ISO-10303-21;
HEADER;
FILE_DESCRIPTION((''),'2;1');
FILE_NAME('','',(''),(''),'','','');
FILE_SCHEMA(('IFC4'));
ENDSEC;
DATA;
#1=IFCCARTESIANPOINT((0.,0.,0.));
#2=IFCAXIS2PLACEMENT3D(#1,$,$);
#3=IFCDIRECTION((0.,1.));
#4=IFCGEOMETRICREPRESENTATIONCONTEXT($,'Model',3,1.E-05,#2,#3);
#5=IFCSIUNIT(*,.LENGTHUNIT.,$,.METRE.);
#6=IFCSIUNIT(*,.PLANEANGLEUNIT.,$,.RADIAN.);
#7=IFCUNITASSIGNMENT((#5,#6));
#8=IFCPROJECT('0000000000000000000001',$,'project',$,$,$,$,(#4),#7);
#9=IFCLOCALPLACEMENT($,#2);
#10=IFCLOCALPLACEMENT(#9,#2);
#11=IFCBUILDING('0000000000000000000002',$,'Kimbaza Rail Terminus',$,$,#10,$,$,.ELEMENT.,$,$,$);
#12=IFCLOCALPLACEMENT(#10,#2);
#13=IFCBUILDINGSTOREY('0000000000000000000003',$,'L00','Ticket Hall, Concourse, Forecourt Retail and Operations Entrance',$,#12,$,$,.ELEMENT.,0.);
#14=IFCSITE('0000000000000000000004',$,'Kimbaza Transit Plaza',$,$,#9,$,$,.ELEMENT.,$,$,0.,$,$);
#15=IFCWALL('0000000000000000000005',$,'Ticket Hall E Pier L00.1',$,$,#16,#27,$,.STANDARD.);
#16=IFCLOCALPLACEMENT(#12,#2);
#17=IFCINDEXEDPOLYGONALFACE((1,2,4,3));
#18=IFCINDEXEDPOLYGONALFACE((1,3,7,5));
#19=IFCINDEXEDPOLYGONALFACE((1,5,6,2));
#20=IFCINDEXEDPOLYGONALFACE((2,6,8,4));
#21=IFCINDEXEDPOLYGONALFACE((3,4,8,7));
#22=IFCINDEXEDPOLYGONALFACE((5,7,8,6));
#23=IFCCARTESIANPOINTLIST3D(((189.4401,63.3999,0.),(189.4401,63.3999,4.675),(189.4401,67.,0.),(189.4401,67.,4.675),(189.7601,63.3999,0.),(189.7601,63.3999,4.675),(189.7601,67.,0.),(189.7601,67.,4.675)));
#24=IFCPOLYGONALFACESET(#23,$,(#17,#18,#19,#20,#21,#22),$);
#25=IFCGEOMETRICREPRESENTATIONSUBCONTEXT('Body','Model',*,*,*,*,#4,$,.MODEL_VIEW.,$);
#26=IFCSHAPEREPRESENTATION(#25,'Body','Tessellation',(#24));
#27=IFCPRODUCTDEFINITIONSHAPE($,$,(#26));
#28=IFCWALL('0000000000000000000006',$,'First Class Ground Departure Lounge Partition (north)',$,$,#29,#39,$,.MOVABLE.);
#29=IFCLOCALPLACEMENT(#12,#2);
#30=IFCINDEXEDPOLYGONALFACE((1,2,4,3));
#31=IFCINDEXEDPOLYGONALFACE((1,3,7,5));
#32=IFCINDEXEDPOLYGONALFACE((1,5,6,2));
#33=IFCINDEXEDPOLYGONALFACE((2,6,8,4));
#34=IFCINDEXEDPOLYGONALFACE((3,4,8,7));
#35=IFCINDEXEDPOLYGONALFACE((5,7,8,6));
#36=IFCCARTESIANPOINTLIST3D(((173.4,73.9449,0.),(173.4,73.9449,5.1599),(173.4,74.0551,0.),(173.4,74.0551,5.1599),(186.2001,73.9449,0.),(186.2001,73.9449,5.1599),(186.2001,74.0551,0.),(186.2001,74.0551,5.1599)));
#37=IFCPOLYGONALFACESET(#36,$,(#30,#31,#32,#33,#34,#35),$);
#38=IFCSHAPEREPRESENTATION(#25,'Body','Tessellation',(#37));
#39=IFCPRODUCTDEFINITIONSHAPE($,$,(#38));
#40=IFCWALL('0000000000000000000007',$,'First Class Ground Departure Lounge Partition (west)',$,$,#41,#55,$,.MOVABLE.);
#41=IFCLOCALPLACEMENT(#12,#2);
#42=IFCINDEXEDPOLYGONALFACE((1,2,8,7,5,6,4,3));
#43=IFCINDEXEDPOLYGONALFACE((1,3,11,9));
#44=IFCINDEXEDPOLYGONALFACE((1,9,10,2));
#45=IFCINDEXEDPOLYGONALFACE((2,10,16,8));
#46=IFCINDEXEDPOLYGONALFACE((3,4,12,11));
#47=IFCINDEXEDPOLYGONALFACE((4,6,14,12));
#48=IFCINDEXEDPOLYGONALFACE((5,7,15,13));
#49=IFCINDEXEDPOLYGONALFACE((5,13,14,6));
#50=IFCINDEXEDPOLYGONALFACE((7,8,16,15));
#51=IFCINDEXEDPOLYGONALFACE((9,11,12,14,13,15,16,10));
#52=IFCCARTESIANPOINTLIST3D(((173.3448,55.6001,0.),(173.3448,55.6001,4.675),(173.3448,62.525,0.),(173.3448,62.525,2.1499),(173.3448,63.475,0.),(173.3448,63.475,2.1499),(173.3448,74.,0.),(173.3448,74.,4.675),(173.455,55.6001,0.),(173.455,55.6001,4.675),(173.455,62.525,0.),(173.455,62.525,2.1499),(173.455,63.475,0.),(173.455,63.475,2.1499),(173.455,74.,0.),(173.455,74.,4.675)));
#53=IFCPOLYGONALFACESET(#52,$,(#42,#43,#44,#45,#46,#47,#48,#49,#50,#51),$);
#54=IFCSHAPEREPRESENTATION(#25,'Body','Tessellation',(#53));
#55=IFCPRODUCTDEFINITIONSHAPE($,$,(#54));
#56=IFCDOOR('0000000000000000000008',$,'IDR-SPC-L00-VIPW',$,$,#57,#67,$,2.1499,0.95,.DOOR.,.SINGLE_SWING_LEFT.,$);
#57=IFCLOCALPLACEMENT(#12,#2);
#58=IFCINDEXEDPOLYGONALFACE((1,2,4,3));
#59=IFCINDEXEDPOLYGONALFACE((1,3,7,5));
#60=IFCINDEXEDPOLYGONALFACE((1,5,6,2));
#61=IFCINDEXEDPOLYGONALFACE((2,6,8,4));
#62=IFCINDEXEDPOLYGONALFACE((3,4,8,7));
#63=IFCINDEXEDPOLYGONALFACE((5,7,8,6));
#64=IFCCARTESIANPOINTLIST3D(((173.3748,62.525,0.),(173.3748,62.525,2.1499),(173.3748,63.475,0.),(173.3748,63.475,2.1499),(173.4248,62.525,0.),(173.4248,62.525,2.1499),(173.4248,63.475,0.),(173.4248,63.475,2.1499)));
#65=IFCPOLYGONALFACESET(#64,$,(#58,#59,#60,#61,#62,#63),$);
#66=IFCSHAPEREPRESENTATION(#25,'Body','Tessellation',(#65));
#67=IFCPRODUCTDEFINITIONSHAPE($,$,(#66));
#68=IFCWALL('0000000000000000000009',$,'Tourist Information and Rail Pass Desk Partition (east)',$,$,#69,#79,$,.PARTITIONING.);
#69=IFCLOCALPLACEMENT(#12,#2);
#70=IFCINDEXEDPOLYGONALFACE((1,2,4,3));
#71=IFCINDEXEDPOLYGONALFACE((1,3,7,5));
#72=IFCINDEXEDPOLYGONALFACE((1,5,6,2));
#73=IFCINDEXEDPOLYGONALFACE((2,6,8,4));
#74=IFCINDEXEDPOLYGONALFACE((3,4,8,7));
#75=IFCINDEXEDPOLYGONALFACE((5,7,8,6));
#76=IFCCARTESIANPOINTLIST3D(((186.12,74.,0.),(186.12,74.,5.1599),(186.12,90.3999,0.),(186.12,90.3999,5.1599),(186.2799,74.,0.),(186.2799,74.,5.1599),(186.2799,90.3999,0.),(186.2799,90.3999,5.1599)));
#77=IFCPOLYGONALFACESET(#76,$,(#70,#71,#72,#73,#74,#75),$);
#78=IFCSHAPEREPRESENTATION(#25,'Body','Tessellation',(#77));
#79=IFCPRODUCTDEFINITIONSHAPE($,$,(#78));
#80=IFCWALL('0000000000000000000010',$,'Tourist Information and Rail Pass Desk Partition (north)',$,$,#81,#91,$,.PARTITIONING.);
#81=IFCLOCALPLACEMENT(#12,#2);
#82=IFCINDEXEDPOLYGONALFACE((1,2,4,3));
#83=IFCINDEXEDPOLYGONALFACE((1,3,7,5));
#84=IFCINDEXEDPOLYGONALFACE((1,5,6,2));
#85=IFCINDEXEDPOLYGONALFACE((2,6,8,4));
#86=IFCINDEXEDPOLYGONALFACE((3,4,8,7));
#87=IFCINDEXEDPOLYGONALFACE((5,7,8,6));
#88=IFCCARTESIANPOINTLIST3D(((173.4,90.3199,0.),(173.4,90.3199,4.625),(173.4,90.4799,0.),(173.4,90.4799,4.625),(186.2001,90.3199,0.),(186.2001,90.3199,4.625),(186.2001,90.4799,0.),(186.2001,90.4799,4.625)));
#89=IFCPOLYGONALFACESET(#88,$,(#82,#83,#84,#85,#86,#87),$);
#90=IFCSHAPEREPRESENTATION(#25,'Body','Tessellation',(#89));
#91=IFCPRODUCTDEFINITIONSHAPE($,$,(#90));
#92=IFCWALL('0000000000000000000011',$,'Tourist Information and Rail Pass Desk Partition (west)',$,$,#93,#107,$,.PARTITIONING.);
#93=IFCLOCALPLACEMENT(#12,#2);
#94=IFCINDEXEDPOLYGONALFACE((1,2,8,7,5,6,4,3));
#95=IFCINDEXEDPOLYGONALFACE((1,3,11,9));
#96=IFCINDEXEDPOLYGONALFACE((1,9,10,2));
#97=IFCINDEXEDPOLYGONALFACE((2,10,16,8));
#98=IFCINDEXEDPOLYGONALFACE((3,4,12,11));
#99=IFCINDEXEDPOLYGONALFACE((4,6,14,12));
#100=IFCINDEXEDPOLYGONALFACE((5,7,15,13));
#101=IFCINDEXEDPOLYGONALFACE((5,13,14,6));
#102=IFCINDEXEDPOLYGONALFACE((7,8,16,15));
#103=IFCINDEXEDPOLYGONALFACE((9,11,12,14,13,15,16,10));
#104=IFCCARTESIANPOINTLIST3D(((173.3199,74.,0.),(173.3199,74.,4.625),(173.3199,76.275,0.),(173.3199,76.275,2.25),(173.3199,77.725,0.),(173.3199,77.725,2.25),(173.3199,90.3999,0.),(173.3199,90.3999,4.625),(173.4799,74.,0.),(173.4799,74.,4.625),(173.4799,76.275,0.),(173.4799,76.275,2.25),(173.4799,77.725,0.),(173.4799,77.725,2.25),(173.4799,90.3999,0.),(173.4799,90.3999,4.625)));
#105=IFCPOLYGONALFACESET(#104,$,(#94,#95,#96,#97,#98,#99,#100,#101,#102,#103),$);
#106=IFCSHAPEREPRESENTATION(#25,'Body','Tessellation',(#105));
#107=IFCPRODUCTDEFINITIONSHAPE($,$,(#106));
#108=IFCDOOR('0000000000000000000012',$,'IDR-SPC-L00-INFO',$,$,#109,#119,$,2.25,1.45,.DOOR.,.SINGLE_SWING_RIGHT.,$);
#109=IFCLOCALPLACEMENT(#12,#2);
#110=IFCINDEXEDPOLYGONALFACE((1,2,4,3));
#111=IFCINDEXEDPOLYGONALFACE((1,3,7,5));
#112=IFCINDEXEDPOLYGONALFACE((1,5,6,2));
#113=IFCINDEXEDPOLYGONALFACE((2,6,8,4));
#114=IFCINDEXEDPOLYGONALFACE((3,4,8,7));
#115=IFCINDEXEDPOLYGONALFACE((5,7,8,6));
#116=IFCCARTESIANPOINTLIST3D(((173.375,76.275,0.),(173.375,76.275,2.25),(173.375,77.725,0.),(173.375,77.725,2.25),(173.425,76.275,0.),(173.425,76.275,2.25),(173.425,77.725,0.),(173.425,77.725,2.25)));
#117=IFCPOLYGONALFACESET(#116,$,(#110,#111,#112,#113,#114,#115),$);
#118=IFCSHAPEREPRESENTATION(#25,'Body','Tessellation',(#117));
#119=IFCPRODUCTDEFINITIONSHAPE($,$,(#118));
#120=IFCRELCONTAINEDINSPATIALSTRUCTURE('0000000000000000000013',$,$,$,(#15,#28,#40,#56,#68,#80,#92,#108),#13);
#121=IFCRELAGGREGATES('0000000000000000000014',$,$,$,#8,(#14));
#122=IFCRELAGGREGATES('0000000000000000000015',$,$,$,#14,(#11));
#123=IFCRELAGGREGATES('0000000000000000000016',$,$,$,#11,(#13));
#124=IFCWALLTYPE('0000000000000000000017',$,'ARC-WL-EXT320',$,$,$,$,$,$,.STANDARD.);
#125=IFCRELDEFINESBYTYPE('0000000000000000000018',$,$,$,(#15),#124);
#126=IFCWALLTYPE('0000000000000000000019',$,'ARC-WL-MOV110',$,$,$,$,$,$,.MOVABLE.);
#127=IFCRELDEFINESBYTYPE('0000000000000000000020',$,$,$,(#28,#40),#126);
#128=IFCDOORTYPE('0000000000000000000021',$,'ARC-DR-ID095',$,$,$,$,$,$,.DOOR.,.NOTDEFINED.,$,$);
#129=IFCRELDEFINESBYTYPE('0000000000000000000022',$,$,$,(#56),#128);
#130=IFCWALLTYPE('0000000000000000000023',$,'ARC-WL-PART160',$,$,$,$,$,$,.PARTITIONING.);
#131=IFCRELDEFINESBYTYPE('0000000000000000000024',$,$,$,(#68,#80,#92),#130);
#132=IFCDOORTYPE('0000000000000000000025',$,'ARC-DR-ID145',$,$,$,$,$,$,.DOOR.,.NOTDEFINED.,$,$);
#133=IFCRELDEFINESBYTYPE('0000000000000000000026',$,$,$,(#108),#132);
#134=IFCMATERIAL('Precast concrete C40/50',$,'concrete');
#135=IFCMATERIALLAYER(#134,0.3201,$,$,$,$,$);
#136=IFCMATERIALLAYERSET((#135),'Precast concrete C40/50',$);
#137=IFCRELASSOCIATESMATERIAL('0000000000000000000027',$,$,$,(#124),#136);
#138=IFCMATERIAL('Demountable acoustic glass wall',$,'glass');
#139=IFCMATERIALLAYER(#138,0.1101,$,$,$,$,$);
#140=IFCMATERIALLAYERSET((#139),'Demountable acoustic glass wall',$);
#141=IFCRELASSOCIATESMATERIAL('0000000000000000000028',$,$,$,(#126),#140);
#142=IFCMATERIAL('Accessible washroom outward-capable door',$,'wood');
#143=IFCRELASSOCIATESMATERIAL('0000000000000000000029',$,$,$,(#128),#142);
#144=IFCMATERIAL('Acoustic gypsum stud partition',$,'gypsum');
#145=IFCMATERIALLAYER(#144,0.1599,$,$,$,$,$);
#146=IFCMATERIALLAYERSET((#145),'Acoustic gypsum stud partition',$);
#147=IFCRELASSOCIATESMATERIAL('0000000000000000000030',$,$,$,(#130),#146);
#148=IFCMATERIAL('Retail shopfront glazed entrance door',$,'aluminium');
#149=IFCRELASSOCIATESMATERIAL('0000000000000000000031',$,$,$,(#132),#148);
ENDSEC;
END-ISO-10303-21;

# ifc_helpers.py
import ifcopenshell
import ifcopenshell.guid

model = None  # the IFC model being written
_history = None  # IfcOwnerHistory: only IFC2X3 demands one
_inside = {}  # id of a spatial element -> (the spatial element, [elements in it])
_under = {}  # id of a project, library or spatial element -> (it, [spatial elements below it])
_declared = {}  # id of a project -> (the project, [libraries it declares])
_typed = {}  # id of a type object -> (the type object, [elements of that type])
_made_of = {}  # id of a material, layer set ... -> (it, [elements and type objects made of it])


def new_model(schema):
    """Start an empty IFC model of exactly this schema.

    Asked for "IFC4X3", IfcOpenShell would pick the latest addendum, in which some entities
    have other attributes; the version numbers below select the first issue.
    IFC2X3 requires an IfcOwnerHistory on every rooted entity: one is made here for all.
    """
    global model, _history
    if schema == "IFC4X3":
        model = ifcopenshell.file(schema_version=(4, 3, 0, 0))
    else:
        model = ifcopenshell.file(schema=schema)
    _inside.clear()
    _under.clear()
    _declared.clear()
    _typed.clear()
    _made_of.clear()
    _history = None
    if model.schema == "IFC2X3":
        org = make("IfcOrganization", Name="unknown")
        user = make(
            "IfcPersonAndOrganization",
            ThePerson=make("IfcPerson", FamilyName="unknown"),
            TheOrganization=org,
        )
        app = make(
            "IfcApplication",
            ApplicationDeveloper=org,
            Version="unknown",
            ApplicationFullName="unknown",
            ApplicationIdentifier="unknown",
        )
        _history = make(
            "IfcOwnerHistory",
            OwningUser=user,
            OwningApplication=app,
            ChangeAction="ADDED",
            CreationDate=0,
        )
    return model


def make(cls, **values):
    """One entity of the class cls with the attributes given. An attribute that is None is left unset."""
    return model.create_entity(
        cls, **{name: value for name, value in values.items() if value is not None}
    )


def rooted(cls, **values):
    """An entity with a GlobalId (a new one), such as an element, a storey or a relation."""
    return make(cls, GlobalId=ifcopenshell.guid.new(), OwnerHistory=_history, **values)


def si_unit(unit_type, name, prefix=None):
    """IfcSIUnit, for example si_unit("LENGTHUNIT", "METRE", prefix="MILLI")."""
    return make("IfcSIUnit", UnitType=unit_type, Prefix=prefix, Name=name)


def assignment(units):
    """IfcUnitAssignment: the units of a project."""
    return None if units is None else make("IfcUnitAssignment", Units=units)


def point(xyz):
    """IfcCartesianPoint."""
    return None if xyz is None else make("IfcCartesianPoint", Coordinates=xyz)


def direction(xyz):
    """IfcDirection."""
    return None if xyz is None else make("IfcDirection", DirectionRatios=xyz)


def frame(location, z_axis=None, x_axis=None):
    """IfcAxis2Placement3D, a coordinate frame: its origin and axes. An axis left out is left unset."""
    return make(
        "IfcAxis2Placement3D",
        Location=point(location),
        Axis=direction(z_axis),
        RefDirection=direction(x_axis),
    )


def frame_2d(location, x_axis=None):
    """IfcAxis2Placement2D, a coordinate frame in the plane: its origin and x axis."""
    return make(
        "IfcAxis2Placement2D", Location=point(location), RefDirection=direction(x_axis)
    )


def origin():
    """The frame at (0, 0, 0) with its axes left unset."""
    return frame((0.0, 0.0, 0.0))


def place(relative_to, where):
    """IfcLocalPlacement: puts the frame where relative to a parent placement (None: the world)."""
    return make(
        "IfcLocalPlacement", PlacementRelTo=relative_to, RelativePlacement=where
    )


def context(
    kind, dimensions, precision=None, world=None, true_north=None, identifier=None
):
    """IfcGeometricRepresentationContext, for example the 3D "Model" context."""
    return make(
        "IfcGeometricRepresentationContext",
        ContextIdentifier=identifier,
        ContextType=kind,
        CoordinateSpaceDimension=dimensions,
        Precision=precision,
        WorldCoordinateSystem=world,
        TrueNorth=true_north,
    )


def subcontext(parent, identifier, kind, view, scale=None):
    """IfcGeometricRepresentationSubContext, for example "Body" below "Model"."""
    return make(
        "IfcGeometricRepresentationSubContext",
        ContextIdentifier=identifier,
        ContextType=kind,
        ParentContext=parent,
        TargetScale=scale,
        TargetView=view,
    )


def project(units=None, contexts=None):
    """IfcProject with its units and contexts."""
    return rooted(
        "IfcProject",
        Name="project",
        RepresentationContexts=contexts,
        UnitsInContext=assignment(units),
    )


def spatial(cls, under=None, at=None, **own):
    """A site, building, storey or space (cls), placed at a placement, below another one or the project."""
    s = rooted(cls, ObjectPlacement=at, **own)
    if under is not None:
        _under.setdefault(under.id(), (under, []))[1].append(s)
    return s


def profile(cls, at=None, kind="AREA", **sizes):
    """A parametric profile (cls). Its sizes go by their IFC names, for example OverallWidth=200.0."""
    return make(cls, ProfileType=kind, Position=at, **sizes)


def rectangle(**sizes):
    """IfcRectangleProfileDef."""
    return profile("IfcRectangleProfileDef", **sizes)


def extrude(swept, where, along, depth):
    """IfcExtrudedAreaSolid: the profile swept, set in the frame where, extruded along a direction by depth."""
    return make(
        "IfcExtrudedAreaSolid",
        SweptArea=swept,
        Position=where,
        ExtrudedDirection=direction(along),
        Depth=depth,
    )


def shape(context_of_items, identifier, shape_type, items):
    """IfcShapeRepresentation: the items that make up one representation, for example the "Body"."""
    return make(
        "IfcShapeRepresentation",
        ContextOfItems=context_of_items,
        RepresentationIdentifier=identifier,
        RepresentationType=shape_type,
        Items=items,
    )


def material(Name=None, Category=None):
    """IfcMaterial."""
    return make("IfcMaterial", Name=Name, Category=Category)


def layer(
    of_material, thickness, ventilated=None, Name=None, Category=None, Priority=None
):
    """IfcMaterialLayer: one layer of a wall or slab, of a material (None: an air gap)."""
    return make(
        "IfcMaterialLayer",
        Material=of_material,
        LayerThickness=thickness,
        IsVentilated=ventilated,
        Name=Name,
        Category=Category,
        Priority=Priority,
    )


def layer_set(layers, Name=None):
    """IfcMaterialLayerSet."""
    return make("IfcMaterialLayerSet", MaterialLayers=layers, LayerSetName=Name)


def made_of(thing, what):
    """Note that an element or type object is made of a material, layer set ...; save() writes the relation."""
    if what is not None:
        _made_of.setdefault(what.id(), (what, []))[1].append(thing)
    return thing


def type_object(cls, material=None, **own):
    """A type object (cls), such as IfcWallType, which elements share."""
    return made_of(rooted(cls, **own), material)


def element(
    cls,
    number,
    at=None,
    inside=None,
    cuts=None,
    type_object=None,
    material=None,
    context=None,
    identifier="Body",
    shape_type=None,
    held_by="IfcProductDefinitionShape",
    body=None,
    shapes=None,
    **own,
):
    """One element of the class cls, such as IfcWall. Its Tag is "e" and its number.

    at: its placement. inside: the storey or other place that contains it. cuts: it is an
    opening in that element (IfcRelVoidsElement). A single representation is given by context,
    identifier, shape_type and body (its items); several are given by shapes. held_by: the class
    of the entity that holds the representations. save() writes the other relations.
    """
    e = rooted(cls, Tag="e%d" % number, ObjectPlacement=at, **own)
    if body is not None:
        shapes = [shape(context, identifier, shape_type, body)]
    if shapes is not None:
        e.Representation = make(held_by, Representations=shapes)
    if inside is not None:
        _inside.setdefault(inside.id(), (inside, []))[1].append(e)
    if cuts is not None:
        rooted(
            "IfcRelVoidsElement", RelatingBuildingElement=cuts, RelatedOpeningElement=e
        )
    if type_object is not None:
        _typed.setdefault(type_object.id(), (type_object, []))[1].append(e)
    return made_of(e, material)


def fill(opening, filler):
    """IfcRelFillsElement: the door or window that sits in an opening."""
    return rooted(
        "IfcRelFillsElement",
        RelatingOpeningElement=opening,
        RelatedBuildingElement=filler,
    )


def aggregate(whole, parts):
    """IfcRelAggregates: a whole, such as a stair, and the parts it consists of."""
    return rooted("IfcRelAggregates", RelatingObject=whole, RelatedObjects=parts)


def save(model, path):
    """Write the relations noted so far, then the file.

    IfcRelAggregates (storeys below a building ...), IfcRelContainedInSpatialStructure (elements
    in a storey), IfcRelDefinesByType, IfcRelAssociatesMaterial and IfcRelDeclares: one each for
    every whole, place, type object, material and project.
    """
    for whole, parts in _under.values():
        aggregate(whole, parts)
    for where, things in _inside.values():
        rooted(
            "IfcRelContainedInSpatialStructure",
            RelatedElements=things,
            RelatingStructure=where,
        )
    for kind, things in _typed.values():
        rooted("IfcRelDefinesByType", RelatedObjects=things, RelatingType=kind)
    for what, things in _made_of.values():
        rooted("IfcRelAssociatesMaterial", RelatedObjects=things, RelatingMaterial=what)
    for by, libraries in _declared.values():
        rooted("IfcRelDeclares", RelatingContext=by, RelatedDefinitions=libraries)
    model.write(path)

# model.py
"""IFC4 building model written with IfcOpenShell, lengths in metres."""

from ifc_helpers import new_model, si_unit, direction, frame, frame_2d, origin, place, context, subcontext, project, spatial, rectangle, extrude, material, layer, layer_set, type_object, element, fill, save


model = new_model("IFC4")

# Units and contexts
model_context = context("Model", 3, precision=1e-05, world=origin(), true_north=direction((0.0, 1.0)))
body_context = subcontext(model_context, "Body", "Model", "MODEL_VIEW")
ifc_project = project(units=[si_unit("LENGTHUNIT", "METRE"), si_unit("PLANEANGLEUNIT", "RADIAN")], contexts=[model_context])

# Site, building, storey
site_placement = place(None, origin())
site = spatial("IfcSite", under=ifc_project, at=site_placement, Name="Kimbaza Transit Plaza", CompositionType="ELEMENT", RefElevation=0.0)
building_placement = place(site_placement, origin())
building = spatial("IfcBuilding", under=site, at=building_placement, Name="Kimbaza Rail Terminus", CompositionType="ELEMENT")
storey_placement = place(building_placement, origin())
storey = spatial("IfcBuildingStorey", under=building, at=storey_placement, Name="L00", Description="Ticket Hall, Concourse, Forecourt Retail and Operations Entrance", CompositionType="ELEMENT", Elevation=0.0)

# Wall
ifc_material_1 = material(Name="Precast concrete C40/50", Category="concrete")
ifc_layer_1 = layer(ifc_material_1, 0.3201)
ifc_layer_set_1 = layer_set([ifc_layer_1], Name="Precast concrete C40/50")
wall_type_1 = type_object("IfcWallType", Name="ARC-WL-EXT320", PredefinedType="STANDARD", material=ifc_layer_set_1)
wall_1_placement = place(storey_placement, frame((189.6001, 63.3999, 0.0), z_axis=(0.0, 0.0, 1.0), x_axis=(0.0, 1.0, 0.0)))
element("IfcWall", 1, at=wall_1_placement, inside=storey, type_object=wall_type_1, Name="Ticket Hall E Pier L00.1", PredefinedType="STANDARD", context=body_context, shape_type="SweptSolid", body=[
    extrude(rectangle(XDim=3.6001, YDim=0.3201, at=frame_2d((1.8, 0.0))), origin(), (0.0, 0.0, 1.0), 4.675),
])

# Wall
ifc_material_2 = material(Name="Demountable acoustic glass wall", Category="glass")
ifc_layer_2 = layer(ifc_material_2, 0.1101)
ifc_layer_set_2 = layer_set([ifc_layer_2], Name="Demountable acoustic glass wall")
wall_type_2 = type_object("IfcWallType", Name="ARC-WL-MOV110", PredefinedType="MOVABLE", material=ifc_layer_set_2)
wall_2_placement = place(storey_placement, frame((186.2, 74.0, 0.0), z_axis=(0.0, 0.0, 1.0), x_axis=(-1.0, 0.0, 0.0)))
element("IfcWall", 2, at=wall_2_placement, inside=storey, type_object=wall_type_2, Name="First Class Ground Departure Lounge Partition (north)", PredefinedType="MOVABLE", context=body_context, shape_type="SweptSolid", body=[
    extrude(rectangle(XDim=12.8, YDim=0.1101, at=frame_2d((6.3999, 0.0))), origin(), (0.0, 0.0, 1.0), 5.1599),
])

# Wall, opening, door
wall_3_placement = place(storey_placement, frame((173.3999, 74.0, 0.0), z_axis=(0.0, 0.0, 1.0), x_axis=(0.0, -1.0, 0.0)))
wall_3 = element("IfcWall", 3, at=wall_3_placement, inside=storey, type_object=wall_type_2, Name="First Class Ground Departure Lounge Partition (west)", PredefinedType="MOVABLE", context=body_context, shape_type="SweptSolid", body=[
    extrude(rectangle(XDim=18.3999, YDim=0.1101, at=frame_2d((9.2, 0.0))), origin(), (0.0, 0.0, 1.0), 4.675),
])
opening_1_placement = place(wall_3_placement, frame((10.5249, 0.0, 0.0)))
opening_1 = element("IfcOpeningElement", 4, at=opening_1_placement, cuts=wall_3, PredefinedType="OPENING", context=body_context, shape_type="SweptSolid", body=[
    extrude(rectangle(XDim=0.95, YDim=2.1499, at=frame_2d((0.4751, 1.075))), frame((0.0, 0.0649, 0.0), z_axis=(0.0, -1.0, 0.0), x_axis=(1.0, 0.0, 0.0)), (0.0, 0.0, 1.0), 0.1301),
])
ifc_material_3 = material(Name="Accessible washroom outward-capable door", Category="wood")
door_type_1 = type_object("IfcDoorType", Name="ARC-DR-ID095", OperationType="NOTDEFINED", PredefinedType="DOOR", material=ifc_material_3)
door_1_placement = place(opening_1_placement, origin())
door_1 = element("IfcDoor", 5, at=door_1_placement, inside=storey, type_object=door_type_1, Name="IDR-SPC-L00-VIPW", OperationType="SINGLE_SWING_LEFT", OverallHeight=2.1499, OverallWidth=0.95, PredefinedType="DOOR", context=body_context, shape_type="SweptSolid", body=[
    extrude(rectangle(XDim=0.95, YDim=2.1499, at=frame_2d((0.4751, 1.075))), frame((0.0, 0.0249, 0.0), z_axis=(0.0, -1.0, 0.0), x_axis=(1.0, 0.0, 0.0)), (0.0, 0.0, 1.0), 0.05),
])
fill(opening_1, door_1)

# Walls
ifc_material_4 = material(Name="Acoustic gypsum stud partition", Category="gypsum")
ifc_layer_3 = layer(ifc_material_4, 0.1599)
ifc_layer_set_3 = layer_set([ifc_layer_3], Name="Acoustic gypsum stud partition")
wall_type_3 = type_object("IfcWallType", Name="ARC-WL-PART160", PredefinedType="PARTITIONING", material=ifc_layer_set_3)
wall_4_placement = place(storey_placement, frame((186.2, 74.0, 0.0), z_axis=(0.0, 0.0, 1.0), x_axis=(0.0, 1.0, 0.0)))
element("IfcWall", 6, at=wall_4_placement, inside=storey, type_object=wall_type_3, Name="Tourist Information and Rail Pass Desk Partition (east)", PredefinedType="PARTITIONING", context=body_context, shape_type="SweptSolid", body=[
    extrude(rectangle(XDim=16.3999, YDim=0.1599, at=frame_2d((8.2, 0.0))), origin(), (0.0, 0.0, 1.0), 5.1599),
])
wall_5_placement = place(storey_placement, frame((186.2, 90.3999, 0.0), z_axis=(0.0, 0.0, 1.0), x_axis=(-1.0, 0.0, 0.0)))
element("IfcWall", 7, at=wall_5_placement, inside=storey, type_object=wall_type_3, Name="Tourist Information and Rail Pass Desk Partition (north)", PredefinedType="PARTITIONING", context=body_context, shape_type="SweptSolid", body=[
    extrude(rectangle(XDim=12.8, YDim=0.1599, at=frame_2d((6.3999, 0.0))), origin(), (0.0, 0.0, 1.0), 4.625),
])

# Wall, opening, door
wall_6_placement = place(storey_placement, frame((173.3999, 90.3999, 0.0), z_axis=(0.0, 0.0, 1.0), x_axis=(0.0, -1.0, 0.0)))
wall_6 = element("IfcWall", 8, at=wall_6_placement, inside=storey, type_object=wall_type_3, Name="Tourist Information and Rail Pass Desk Partition (west)", PredefinedType="PARTITIONING", context=body_context, shape_type="SweptSolid", body=[
    extrude(rectangle(XDim=16.3999, YDim=0.1599, at=frame_2d((8.2, 0.0))), origin(), (0.0, 0.0, 1.0), 4.625),
])
opening_2_placement = place(wall_6_placement, frame((14.125, 0.0, 0.0), z_axis=(0.0, 0.0, 1.0), x_axis=(-1.0, 0.0, 0.0)))
opening_2 = element("IfcOpeningElement", 9, at=opening_2_placement, cuts=wall_6, PredefinedType="OPENING", context=body_context, shape_type="SweptSolid", body=[
    extrude(rectangle(XDim=1.45, YDim=2.25, at=frame_2d((0.7251, 1.125))), frame((0.0, 0.0898, 0.0), z_axis=(0.0, -1.0, 0.0), x_axis=(1.0, 0.0, 0.0)), (0.0, 0.0, 1.0), 0.1799),
])
ifc_material_5 = material(Name="Retail shopfront glazed entrance door", Category="aluminium")
door_type_2 = type_object("IfcDoorType", Name="ARC-DR-ID145", OperationType="NOTDEFINED", PredefinedType="DOOR", material=ifc_material_5)
door_2_placement = place(opening_2_placement, origin())
door_2 = element("IfcDoor", 10, at=door_2_placement, inside=storey, type_object=door_type_2, Name="IDR-SPC-L00-INFO", OperationType="SINGLE_SWING_RIGHT", OverallHeight=2.25, OverallWidth=1.45, PredefinedType="DOOR", context=body_context, shape_type="SweptSolid", body=[
    extrude(rectangle(XDim=1.45, YDim=2.25, at=frame_2d((0.7251, 1.125))), frame((0.0, 0.0249, 0.0), z_axis=(0.0, -1.0, 0.0), x_axis=(1.0, 0.0, 0.0)), (0.0, 0.0, 1.0), 0.05),
])
fill(opening_2, door_2)

save(model, "model.ifc")
